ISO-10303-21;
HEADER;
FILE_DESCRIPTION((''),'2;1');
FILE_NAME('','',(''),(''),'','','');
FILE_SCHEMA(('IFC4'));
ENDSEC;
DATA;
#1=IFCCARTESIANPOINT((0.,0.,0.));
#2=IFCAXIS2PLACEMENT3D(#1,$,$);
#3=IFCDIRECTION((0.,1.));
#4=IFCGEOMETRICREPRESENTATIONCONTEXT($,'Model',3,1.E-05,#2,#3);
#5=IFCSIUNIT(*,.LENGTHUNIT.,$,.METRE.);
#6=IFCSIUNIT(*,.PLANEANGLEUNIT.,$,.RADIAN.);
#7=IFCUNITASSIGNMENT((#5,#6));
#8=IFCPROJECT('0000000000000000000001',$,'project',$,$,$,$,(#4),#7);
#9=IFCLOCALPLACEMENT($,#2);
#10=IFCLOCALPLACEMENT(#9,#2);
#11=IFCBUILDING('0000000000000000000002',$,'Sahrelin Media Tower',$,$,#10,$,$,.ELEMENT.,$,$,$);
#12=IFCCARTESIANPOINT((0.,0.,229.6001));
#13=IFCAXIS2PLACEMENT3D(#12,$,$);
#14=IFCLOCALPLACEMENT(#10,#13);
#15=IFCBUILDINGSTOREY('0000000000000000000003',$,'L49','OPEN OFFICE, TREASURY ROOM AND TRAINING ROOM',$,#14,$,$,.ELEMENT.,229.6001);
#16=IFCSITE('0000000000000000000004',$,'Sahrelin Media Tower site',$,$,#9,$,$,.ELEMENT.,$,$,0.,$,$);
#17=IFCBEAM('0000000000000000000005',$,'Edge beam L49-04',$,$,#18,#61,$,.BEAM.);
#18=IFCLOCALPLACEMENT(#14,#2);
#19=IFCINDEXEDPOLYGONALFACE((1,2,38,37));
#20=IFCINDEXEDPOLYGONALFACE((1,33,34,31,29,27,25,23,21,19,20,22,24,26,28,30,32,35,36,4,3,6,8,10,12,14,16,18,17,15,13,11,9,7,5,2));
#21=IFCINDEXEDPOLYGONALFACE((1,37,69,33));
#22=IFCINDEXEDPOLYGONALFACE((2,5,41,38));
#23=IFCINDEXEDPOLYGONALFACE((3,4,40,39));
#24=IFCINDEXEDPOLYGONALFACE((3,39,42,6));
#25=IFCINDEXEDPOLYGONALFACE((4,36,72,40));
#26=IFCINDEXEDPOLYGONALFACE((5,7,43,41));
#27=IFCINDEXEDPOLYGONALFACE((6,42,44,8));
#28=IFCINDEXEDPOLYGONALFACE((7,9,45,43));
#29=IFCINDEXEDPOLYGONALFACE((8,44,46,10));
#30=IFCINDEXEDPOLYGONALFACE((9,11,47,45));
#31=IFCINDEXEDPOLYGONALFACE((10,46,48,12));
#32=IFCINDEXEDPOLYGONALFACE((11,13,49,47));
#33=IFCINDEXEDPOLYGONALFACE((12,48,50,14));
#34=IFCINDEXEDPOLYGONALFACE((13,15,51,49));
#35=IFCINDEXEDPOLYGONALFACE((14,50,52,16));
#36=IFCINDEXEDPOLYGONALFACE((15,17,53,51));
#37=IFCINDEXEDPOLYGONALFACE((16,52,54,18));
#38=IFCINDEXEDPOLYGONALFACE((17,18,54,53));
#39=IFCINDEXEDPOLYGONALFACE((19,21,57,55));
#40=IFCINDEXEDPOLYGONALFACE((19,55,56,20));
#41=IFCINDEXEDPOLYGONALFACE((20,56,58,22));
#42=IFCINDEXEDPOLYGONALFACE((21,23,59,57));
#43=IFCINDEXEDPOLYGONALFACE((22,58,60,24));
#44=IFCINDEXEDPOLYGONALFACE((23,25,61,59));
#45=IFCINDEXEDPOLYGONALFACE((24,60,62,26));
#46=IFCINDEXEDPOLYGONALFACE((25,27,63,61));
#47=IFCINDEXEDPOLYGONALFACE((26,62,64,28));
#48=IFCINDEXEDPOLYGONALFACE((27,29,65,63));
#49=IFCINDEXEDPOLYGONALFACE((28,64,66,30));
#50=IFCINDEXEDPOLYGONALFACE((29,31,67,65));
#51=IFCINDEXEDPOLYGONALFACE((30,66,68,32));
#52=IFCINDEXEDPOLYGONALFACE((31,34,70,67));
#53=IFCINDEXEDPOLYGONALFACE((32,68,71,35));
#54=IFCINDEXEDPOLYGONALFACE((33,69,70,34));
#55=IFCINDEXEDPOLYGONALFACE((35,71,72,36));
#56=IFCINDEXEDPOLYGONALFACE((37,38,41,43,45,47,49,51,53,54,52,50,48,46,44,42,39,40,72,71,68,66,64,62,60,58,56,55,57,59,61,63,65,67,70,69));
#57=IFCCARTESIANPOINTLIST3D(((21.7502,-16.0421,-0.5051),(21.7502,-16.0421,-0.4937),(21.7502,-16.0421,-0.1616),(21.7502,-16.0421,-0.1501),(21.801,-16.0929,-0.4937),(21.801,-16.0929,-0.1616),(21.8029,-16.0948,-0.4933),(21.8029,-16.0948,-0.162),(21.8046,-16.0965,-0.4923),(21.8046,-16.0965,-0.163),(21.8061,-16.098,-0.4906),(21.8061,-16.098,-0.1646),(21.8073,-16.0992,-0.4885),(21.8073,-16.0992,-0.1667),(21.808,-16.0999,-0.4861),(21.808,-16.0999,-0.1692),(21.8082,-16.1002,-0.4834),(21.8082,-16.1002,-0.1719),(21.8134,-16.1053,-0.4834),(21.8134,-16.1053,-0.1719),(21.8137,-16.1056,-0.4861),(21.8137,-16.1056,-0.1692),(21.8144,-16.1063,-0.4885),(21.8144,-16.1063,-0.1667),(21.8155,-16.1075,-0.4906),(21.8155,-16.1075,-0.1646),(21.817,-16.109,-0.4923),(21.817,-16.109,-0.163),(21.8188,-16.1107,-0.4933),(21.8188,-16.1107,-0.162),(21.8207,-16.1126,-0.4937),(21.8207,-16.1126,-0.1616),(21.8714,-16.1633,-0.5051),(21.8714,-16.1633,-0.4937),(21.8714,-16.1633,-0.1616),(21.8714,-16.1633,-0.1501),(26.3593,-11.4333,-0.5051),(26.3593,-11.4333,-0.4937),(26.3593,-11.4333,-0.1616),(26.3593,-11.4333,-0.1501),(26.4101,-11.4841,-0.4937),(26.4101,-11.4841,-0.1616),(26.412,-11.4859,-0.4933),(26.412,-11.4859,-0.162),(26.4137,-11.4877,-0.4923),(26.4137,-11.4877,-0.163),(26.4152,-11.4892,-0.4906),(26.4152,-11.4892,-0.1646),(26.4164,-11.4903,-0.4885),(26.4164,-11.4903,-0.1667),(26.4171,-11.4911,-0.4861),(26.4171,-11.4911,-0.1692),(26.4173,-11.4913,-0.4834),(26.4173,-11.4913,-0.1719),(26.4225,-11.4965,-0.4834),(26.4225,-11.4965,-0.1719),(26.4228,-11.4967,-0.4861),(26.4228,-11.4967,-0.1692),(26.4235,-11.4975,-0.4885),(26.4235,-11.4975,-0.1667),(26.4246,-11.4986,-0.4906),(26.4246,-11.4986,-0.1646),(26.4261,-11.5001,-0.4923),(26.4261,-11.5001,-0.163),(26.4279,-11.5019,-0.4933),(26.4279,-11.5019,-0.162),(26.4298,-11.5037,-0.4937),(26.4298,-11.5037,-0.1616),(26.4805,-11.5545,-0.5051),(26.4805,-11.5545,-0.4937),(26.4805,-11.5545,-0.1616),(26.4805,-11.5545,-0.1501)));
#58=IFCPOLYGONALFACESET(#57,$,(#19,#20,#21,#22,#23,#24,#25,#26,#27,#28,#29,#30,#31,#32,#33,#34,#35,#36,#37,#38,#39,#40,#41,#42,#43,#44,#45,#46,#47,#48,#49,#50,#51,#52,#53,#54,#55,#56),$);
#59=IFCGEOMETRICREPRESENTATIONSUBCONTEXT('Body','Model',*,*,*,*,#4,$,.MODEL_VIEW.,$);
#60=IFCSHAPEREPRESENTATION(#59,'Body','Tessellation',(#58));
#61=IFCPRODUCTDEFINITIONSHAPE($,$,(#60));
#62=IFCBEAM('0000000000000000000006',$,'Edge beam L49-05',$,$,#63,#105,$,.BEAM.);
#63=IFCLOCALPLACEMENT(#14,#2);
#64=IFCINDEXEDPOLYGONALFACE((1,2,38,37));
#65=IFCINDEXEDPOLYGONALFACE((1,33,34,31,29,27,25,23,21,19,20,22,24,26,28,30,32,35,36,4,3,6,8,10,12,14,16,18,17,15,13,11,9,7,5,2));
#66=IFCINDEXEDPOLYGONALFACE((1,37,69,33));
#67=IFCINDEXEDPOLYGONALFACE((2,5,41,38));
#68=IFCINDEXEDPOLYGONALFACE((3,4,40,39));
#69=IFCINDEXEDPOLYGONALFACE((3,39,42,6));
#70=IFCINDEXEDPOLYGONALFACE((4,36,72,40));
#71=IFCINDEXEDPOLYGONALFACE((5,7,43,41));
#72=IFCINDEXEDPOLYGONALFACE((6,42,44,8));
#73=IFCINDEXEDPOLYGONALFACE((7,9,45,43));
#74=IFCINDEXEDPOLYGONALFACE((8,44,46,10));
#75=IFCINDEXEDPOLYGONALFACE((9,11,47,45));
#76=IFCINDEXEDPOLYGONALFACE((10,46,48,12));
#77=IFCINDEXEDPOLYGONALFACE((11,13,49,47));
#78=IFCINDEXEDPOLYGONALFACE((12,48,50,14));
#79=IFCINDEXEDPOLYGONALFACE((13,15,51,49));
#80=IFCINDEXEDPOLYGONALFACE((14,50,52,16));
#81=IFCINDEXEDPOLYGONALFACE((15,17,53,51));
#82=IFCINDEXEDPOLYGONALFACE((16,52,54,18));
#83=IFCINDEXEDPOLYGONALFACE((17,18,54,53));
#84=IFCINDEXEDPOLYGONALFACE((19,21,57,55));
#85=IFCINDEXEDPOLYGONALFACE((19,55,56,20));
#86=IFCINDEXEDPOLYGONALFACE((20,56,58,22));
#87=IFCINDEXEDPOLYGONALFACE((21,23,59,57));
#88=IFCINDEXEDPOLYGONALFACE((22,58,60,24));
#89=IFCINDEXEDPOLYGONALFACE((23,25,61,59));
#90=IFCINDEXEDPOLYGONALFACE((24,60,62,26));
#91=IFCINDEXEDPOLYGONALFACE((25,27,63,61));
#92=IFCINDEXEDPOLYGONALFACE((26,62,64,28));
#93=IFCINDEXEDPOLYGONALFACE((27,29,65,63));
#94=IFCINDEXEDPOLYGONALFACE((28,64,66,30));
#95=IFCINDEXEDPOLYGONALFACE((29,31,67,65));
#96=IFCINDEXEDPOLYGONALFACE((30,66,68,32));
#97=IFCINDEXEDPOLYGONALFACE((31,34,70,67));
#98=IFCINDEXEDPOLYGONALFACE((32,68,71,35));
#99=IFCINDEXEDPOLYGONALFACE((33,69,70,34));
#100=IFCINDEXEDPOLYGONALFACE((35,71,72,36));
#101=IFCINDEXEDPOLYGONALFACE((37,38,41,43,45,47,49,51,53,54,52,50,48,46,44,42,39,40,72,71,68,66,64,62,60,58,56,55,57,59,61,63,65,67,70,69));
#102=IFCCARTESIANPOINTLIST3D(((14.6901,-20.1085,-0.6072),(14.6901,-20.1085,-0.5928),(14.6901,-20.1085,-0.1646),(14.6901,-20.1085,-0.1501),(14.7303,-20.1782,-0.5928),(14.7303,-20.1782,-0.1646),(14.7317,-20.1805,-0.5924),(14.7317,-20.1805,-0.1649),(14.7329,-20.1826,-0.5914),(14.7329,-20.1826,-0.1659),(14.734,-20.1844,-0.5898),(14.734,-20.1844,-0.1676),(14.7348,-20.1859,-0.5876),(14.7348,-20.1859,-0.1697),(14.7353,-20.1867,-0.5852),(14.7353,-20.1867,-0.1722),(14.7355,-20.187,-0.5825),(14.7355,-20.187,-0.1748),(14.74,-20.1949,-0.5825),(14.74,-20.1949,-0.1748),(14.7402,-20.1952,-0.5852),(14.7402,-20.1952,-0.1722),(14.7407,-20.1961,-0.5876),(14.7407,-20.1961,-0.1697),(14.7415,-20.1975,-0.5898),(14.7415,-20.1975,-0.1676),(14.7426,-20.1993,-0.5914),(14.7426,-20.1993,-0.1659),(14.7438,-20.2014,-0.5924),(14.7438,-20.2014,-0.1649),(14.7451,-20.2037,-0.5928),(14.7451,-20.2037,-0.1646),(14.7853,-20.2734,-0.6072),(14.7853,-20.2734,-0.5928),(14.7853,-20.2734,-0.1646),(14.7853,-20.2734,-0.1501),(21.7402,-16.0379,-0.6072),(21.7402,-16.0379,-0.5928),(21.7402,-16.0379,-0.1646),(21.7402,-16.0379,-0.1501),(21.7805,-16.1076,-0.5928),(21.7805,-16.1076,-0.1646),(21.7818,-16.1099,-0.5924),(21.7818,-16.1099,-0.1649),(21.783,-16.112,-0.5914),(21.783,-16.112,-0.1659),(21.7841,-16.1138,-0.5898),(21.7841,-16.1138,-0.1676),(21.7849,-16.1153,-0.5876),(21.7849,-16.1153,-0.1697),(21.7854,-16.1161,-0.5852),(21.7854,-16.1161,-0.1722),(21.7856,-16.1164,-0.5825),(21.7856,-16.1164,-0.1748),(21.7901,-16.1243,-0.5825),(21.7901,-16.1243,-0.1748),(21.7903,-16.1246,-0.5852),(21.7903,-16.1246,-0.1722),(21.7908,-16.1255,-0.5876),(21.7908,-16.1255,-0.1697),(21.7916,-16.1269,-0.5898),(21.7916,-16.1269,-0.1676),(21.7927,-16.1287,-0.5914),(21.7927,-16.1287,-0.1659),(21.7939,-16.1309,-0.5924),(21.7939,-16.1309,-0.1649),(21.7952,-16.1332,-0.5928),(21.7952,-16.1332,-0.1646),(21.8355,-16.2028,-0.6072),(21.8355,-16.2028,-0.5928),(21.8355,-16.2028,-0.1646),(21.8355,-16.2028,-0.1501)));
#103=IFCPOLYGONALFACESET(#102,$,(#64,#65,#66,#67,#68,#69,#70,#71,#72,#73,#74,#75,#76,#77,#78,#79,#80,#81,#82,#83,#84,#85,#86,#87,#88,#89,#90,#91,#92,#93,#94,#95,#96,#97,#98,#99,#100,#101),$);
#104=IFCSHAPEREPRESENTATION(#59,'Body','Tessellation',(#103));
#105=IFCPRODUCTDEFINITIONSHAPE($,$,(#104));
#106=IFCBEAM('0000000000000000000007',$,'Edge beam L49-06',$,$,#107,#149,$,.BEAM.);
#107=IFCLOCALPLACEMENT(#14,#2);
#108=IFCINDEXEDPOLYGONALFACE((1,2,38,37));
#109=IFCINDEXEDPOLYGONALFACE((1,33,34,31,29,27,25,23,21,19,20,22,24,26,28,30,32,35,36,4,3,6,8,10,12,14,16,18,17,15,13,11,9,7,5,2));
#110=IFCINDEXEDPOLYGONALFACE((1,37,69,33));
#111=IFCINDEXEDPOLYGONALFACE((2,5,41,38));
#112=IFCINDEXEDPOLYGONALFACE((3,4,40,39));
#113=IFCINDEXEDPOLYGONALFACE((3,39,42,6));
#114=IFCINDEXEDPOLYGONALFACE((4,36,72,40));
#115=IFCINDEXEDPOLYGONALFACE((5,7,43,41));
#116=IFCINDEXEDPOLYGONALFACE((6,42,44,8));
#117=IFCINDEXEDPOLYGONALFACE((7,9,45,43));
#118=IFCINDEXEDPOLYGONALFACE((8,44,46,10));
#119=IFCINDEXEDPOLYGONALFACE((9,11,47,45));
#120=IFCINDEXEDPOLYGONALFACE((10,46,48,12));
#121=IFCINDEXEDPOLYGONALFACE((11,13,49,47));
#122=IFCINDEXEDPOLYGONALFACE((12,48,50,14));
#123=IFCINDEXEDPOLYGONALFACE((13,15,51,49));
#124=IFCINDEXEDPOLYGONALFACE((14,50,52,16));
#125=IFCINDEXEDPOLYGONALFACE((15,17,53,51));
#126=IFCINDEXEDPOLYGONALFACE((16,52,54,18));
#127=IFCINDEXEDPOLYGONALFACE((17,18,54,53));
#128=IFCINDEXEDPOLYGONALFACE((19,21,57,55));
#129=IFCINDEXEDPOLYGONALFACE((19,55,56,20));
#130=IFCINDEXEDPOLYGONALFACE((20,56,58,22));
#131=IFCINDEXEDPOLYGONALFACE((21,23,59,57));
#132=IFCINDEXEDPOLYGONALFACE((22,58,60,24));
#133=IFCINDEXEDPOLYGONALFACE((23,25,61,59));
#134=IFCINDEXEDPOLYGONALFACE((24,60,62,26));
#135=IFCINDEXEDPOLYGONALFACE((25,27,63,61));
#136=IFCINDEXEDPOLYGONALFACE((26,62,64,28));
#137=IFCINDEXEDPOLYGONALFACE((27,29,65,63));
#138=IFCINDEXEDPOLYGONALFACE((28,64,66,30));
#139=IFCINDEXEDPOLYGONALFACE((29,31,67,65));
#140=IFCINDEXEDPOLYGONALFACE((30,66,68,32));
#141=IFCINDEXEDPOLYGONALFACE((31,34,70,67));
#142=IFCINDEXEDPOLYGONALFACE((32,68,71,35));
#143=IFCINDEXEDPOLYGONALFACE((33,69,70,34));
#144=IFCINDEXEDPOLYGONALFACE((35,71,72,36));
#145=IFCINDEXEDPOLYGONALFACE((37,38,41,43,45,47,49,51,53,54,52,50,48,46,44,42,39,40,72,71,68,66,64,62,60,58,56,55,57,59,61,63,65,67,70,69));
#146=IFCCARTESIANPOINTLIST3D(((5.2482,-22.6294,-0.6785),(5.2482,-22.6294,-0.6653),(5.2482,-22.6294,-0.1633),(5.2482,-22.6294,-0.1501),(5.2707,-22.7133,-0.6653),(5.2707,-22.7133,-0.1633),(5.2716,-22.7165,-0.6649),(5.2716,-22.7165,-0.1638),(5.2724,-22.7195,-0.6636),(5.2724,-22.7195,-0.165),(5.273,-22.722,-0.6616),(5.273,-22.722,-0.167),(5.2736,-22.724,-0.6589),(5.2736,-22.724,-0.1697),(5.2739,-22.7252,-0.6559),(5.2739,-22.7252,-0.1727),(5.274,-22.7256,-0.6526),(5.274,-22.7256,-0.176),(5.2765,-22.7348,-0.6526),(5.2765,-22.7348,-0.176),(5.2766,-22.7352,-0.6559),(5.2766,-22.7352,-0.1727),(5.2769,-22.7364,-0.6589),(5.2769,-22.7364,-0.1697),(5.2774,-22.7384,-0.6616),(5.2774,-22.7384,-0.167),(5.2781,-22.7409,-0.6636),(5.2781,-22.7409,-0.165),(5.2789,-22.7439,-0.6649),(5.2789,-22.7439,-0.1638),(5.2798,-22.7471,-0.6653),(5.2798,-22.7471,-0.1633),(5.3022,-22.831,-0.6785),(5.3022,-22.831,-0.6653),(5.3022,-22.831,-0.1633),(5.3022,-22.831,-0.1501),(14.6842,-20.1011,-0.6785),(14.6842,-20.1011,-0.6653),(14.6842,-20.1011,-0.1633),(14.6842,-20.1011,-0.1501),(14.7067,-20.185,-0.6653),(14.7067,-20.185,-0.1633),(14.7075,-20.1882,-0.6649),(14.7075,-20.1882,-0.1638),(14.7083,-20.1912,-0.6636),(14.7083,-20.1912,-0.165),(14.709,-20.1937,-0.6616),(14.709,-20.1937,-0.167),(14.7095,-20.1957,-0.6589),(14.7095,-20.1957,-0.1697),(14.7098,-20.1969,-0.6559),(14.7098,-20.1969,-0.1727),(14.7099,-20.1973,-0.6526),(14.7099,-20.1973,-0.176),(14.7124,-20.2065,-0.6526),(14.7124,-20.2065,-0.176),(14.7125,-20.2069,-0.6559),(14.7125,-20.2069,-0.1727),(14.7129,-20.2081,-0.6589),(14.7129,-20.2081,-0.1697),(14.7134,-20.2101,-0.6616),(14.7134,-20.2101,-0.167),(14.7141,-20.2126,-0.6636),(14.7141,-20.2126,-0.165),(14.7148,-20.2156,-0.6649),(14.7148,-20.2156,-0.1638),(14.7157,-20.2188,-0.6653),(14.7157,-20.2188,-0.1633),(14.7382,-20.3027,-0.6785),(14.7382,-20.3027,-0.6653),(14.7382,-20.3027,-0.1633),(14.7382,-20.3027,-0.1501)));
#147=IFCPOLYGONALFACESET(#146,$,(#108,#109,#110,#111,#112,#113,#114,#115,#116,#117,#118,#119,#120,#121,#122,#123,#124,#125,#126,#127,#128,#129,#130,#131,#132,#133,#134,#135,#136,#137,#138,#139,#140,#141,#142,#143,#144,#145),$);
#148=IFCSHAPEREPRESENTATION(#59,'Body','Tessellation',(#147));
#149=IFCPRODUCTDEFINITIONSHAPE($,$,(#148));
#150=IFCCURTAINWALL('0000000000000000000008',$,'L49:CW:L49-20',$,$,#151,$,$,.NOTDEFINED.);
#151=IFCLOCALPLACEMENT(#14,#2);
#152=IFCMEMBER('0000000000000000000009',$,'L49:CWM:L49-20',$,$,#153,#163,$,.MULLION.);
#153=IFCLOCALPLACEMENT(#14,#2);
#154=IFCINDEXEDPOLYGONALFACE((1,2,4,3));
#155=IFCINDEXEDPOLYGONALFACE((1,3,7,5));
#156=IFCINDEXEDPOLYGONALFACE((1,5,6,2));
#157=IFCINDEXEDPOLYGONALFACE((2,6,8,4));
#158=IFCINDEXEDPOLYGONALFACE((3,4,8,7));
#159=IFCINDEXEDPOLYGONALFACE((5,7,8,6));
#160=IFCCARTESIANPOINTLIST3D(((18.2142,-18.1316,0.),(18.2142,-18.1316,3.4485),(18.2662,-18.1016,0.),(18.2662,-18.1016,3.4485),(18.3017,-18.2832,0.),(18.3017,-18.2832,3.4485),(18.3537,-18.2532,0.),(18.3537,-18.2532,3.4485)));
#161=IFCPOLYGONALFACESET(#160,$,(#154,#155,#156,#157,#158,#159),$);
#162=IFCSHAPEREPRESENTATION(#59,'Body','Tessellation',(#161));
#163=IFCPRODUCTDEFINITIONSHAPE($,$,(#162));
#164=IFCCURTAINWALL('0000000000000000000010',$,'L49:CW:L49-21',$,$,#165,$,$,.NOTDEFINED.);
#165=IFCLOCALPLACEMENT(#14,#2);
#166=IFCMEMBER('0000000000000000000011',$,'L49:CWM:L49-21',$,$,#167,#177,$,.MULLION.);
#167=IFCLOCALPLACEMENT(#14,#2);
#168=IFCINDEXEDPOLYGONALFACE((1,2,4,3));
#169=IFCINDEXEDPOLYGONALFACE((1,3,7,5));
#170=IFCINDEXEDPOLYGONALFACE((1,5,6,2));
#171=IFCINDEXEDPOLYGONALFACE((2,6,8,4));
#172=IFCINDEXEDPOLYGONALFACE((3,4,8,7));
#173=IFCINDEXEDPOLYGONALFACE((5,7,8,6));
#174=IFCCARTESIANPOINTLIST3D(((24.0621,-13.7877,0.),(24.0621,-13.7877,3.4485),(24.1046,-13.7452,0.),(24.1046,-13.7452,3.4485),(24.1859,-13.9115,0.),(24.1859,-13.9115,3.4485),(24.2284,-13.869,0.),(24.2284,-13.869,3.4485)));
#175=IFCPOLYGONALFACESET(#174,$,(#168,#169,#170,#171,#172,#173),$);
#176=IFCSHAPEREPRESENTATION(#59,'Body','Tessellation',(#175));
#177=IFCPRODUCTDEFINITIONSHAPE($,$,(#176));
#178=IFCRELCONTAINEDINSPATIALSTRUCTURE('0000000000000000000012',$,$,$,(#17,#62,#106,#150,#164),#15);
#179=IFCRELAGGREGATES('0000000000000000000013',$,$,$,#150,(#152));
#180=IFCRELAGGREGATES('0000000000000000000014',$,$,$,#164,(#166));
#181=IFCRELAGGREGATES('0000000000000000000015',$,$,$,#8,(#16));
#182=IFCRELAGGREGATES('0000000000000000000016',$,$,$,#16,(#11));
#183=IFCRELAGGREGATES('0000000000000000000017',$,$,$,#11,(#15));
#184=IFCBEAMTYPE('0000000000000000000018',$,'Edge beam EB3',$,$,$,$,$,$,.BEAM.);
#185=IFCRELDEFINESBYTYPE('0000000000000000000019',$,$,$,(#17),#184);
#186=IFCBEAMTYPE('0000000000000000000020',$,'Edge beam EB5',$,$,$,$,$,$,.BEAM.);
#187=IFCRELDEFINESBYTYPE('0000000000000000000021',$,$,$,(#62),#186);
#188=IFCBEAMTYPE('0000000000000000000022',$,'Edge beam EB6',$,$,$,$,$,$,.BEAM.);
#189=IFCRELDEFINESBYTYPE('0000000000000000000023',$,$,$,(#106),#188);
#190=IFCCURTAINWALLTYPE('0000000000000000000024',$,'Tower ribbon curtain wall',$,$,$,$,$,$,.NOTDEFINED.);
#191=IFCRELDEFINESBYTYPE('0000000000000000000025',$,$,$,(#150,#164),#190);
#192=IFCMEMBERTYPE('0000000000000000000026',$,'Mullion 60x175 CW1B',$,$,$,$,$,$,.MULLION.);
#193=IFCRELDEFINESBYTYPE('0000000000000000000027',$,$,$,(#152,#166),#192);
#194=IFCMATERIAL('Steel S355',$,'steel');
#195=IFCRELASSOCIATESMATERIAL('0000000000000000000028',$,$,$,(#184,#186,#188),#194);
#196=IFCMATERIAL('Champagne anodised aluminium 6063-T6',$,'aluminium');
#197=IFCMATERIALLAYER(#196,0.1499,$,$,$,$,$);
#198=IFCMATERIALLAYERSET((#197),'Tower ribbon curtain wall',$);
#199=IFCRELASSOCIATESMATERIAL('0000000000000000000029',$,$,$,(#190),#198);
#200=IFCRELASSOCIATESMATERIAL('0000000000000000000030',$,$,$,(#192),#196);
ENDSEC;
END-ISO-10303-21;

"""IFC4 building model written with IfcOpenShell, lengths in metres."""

from ifc_helpers import new_model, si_unit, direction, frame, origin, origin_2d, place, context, subcontext, project, spatial, rectangle, i_section, extrude, material, layer, layer_set, material_profile, profile_set, type_object, element, aggregate, save


model = new_model("IFC4")

# Units and contexts
model_context = context("Model", 3, precision=1e-05, world=origin(), true_north=direction((0.0, 1.0)))
body_context = subcontext(model_context, "Body", "Model", "MODEL_VIEW")
ifc_project = project(units=[si_unit("LENGTHUNIT", "METRE"), si_unit("PLANEANGLEUNIT", "RADIAN")], contexts=[model_context])

# Site, building, storey
site_placement = place(None, origin())
site = spatial("IfcSite", under=ifc_project, at=site_placement, Name="Sahrelin Media Tower site", CompositionType="ELEMENT", RefElevation=0.0)
building_placement = place(site_placement, origin())
building = spatial("IfcBuilding", under=site, at=building_placement, Name="Sahrelin Media Tower", CompositionType="ELEMENT")
storey_placement = place(building_placement, frame((0.0, 0.0, 229.6001)))
storey = spatial("IfcBuildingStorey", under=building, at=storey_placement, Name="L49", Description="OPEN OFFICE, TREASURY ROOM AND TRAINING ROOM", CompositionType="ELEMENT", Elevation=229.6001)

# Beams
ifc_material_1 = material(Name="Steel S355", Category="steel")
ifc_material_profile_1 = material_profile(ifc_material_1, i_section(OverallWidth=0.1714, OverallDepth=0.355, WebThickness=0.0073, FlangeThickness=0.0115, FilletRadius=0.0103, at=origin_2d()), Name="UB 356x171x51")
ifc_profile_set_1 = profile_set([ifc_material_profile_1], Name="Steel S355")
beam_type_1 = type_object("IfcBeamType", Name="Edge beam EB3", PredefinedType="BEAM", material=ifc_profile_set_1)
beam_1_placement = place(storey_placement, frame((26.4199, -11.4939, -0.3276), z_axis=(-0.707126, -0.707088, 0.0), x_axis=(0.707088, -0.707126, 0.0)))
element("IfcBeam", 1, at=beam_1_placement, inside=storey, type_object=beam_type_1, Name="Edge beam L49-04", PredefinedType="BEAM", context=body_context, shape_type="SweptSolid", body=[
    extrude(i_section(OverallWidth=0.1714, OverallDepth=0.355, WebThickness=0.0073, FlangeThickness=0.0115, FilletRadius=0.0103, at=origin_2d()), origin(), (0.0, 0.0, 1.0), 6.5181),
])
ifc_material_profile_2 = material_profile(ifc_material_1, i_section(OverallWidth=0.1904, OverallDepth=0.457, WebThickness=0.009, FlangeThickness=0.0144, FilletRadius=0.0103, at=origin_2d()), Name="UB 457x191x74")
ifc_profile_set_2 = profile_set([ifc_material_profile_2], Name="Steel S355")
beam_type_2 = type_object("IfcBeamType", Name="Edge beam EB5", PredefinedType="BEAM", material=ifc_profile_set_2)
beam_2_placement = place(storey_placement, frame((21.7878, -16.1204, -0.3787), z_axis=(-0.866014, -0.500019, 0.0), x_axis=(0.500019, -0.866014, 0.0)))
element("IfcBeam", 2, at=beam_2_placement, inside=storey, type_object=beam_type_2, Name="Edge beam L49-05", PredefinedType="BEAM", context=body_context, shape_type="SweptSolid", body=[
    extrude(i_section(OverallWidth=0.1904, OverallDepth=0.457, WebThickness=0.009, FlangeThickness=0.0144, FilletRadius=0.0103, at=origin_2d()), origin(), (0.0, 0.0, 1.0), 8.1409),
])
ifc_material_profile_3 = material_profile(ifc_material_1, i_section(OverallWidth=0.2087, OverallDepth=0.5283, WebThickness=0.0095, FlangeThickness=0.0132, FilletRadius=0.0127, at=origin_2d()), Name="UB 533x210x82")
ifc_profile_set_3 = profile_set([ifc_material_profile_3], Name="Steel S355")
beam_type_3 = type_object("IfcBeamType", Name="Edge beam EB6", PredefinedType="BEAM", material=ifc_profile_set_3)
beam_3_placement = place(storey_placement, frame((14.7112, -20.2019, -0.4143), z_axis=(-0.965927, -0.258814, 0.0), x_axis=(0.258814, -0.965927, 0.0)))
element("IfcBeam", 3, at=beam_3_placement, inside=storey, type_object=beam_type_3, Name="Edge beam L49-06", PredefinedType="BEAM", context=body_context, shape_type="SweptSolid", body=[
    extrude(i_section(OverallWidth=0.2087, OverallDepth=0.5283, WebThickness=0.0095, FlangeThickness=0.0132, FilletRadius=0.0127, at=origin_2d()), origin(), (0.0, 0.0, 1.0), 9.7688),
])

# Curtain walls, members
ifc_material_2 = material(Name="Champagne anodised aluminium 6063-T6", Category="aluminium")
ifc_layer_1 = layer(ifc_material_2, 0.1499)
ifc_layer_set_1 = layer_set([ifc_layer_1], Name="Tower ribbon curtain wall")
curtain_wall_type = type_object("IfcCurtainWallType", Name="Tower ribbon curtain wall", PredefinedType="NOTDEFINED", material=ifc_layer_set_1)
curtain_wall_1_placement = place(storey_placement, frame((18.3376, -18.2854, 0.0), z_axis=(0.0, 0.0, 1.0), x_axis=(1.0, 0.0, 0.0)))
curtain_wall_1 = element("IfcCurtainWall", 4, at=curtain_wall_1_placement, inside=storey, type_object=curtain_wall_type, Name="L49:CW:L49-20", PredefinedType="NOTDEFINED")
ifc_material_profile_4 = material_profile(ifc_material_2, rectangle(XDim=0.0601, YDim=0.175, at=origin_2d()), Name="Mullion 60x175")
ifc_profile_set_4 = profile_set([ifc_material_profile_4], Name="Champagne anodised aluminium 6063-T6")
member_type_1 = type_object("IfcMemberType", Name="Mullion 60x175 CW1B", PredefinedType="MULLION", material=ifc_profile_set_4)
member_1_placement = place(storey_placement, frame((18.2839, -18.1924, 0.0), z_axis=(0.0, 0.0, 1.0), x_axis=(0.866024, 0.500003, 0.0)))
member_1 = element("IfcMember", 5, at=member_1_placement, type_object=member_type_1, Name="L49:CWM:L49-20", PredefinedType="MULLION", context=body_context, shape_type="SweptSolid", body=[
    extrude(rectangle(XDim=0.0601, YDim=0.175, at=origin_2d()), origin(), (0.0, 0.0, 1.0), 3.4485),
])
curtain_wall_2_placement = place(storey_placement, frame((24.2212, -13.9043, 0.0), z_axis=(0.0, 0.0, 1.0), x_axis=(1.0, 0.0, 0.0)))
curtain_wall_2 = element("IfcCurtainWall", 6, at=curtain_wall_2_placement, inside=storey, type_object=curtain_wall_type, Name="L49:CW:L49-21", PredefinedType="NOTDEFINED")
member_2_placement = place(storey_placement, frame((24.1453, -13.8284, 0.0), z_axis=(0.0, 0.0, 1.0), x_axis=(0.707107, 0.707107, 0.0)))
member_2 = element("IfcMember", 7, at=member_2_placement, type_object=member_type_1, Name="L49:CWM:L49-21", PredefinedType="MULLION", context=body_context, shape_type="SweptSolid", body=[
    extrude(rectangle(XDim=0.0601, YDim=0.175, at=origin_2d()), origin(), (0.0, 0.0, 1.0), 3.4485),
])

aggregate(curtain_wall_1, [member_1])
aggregate(curtain_wall_2, [member_2])

save(model, "model.ifc")
